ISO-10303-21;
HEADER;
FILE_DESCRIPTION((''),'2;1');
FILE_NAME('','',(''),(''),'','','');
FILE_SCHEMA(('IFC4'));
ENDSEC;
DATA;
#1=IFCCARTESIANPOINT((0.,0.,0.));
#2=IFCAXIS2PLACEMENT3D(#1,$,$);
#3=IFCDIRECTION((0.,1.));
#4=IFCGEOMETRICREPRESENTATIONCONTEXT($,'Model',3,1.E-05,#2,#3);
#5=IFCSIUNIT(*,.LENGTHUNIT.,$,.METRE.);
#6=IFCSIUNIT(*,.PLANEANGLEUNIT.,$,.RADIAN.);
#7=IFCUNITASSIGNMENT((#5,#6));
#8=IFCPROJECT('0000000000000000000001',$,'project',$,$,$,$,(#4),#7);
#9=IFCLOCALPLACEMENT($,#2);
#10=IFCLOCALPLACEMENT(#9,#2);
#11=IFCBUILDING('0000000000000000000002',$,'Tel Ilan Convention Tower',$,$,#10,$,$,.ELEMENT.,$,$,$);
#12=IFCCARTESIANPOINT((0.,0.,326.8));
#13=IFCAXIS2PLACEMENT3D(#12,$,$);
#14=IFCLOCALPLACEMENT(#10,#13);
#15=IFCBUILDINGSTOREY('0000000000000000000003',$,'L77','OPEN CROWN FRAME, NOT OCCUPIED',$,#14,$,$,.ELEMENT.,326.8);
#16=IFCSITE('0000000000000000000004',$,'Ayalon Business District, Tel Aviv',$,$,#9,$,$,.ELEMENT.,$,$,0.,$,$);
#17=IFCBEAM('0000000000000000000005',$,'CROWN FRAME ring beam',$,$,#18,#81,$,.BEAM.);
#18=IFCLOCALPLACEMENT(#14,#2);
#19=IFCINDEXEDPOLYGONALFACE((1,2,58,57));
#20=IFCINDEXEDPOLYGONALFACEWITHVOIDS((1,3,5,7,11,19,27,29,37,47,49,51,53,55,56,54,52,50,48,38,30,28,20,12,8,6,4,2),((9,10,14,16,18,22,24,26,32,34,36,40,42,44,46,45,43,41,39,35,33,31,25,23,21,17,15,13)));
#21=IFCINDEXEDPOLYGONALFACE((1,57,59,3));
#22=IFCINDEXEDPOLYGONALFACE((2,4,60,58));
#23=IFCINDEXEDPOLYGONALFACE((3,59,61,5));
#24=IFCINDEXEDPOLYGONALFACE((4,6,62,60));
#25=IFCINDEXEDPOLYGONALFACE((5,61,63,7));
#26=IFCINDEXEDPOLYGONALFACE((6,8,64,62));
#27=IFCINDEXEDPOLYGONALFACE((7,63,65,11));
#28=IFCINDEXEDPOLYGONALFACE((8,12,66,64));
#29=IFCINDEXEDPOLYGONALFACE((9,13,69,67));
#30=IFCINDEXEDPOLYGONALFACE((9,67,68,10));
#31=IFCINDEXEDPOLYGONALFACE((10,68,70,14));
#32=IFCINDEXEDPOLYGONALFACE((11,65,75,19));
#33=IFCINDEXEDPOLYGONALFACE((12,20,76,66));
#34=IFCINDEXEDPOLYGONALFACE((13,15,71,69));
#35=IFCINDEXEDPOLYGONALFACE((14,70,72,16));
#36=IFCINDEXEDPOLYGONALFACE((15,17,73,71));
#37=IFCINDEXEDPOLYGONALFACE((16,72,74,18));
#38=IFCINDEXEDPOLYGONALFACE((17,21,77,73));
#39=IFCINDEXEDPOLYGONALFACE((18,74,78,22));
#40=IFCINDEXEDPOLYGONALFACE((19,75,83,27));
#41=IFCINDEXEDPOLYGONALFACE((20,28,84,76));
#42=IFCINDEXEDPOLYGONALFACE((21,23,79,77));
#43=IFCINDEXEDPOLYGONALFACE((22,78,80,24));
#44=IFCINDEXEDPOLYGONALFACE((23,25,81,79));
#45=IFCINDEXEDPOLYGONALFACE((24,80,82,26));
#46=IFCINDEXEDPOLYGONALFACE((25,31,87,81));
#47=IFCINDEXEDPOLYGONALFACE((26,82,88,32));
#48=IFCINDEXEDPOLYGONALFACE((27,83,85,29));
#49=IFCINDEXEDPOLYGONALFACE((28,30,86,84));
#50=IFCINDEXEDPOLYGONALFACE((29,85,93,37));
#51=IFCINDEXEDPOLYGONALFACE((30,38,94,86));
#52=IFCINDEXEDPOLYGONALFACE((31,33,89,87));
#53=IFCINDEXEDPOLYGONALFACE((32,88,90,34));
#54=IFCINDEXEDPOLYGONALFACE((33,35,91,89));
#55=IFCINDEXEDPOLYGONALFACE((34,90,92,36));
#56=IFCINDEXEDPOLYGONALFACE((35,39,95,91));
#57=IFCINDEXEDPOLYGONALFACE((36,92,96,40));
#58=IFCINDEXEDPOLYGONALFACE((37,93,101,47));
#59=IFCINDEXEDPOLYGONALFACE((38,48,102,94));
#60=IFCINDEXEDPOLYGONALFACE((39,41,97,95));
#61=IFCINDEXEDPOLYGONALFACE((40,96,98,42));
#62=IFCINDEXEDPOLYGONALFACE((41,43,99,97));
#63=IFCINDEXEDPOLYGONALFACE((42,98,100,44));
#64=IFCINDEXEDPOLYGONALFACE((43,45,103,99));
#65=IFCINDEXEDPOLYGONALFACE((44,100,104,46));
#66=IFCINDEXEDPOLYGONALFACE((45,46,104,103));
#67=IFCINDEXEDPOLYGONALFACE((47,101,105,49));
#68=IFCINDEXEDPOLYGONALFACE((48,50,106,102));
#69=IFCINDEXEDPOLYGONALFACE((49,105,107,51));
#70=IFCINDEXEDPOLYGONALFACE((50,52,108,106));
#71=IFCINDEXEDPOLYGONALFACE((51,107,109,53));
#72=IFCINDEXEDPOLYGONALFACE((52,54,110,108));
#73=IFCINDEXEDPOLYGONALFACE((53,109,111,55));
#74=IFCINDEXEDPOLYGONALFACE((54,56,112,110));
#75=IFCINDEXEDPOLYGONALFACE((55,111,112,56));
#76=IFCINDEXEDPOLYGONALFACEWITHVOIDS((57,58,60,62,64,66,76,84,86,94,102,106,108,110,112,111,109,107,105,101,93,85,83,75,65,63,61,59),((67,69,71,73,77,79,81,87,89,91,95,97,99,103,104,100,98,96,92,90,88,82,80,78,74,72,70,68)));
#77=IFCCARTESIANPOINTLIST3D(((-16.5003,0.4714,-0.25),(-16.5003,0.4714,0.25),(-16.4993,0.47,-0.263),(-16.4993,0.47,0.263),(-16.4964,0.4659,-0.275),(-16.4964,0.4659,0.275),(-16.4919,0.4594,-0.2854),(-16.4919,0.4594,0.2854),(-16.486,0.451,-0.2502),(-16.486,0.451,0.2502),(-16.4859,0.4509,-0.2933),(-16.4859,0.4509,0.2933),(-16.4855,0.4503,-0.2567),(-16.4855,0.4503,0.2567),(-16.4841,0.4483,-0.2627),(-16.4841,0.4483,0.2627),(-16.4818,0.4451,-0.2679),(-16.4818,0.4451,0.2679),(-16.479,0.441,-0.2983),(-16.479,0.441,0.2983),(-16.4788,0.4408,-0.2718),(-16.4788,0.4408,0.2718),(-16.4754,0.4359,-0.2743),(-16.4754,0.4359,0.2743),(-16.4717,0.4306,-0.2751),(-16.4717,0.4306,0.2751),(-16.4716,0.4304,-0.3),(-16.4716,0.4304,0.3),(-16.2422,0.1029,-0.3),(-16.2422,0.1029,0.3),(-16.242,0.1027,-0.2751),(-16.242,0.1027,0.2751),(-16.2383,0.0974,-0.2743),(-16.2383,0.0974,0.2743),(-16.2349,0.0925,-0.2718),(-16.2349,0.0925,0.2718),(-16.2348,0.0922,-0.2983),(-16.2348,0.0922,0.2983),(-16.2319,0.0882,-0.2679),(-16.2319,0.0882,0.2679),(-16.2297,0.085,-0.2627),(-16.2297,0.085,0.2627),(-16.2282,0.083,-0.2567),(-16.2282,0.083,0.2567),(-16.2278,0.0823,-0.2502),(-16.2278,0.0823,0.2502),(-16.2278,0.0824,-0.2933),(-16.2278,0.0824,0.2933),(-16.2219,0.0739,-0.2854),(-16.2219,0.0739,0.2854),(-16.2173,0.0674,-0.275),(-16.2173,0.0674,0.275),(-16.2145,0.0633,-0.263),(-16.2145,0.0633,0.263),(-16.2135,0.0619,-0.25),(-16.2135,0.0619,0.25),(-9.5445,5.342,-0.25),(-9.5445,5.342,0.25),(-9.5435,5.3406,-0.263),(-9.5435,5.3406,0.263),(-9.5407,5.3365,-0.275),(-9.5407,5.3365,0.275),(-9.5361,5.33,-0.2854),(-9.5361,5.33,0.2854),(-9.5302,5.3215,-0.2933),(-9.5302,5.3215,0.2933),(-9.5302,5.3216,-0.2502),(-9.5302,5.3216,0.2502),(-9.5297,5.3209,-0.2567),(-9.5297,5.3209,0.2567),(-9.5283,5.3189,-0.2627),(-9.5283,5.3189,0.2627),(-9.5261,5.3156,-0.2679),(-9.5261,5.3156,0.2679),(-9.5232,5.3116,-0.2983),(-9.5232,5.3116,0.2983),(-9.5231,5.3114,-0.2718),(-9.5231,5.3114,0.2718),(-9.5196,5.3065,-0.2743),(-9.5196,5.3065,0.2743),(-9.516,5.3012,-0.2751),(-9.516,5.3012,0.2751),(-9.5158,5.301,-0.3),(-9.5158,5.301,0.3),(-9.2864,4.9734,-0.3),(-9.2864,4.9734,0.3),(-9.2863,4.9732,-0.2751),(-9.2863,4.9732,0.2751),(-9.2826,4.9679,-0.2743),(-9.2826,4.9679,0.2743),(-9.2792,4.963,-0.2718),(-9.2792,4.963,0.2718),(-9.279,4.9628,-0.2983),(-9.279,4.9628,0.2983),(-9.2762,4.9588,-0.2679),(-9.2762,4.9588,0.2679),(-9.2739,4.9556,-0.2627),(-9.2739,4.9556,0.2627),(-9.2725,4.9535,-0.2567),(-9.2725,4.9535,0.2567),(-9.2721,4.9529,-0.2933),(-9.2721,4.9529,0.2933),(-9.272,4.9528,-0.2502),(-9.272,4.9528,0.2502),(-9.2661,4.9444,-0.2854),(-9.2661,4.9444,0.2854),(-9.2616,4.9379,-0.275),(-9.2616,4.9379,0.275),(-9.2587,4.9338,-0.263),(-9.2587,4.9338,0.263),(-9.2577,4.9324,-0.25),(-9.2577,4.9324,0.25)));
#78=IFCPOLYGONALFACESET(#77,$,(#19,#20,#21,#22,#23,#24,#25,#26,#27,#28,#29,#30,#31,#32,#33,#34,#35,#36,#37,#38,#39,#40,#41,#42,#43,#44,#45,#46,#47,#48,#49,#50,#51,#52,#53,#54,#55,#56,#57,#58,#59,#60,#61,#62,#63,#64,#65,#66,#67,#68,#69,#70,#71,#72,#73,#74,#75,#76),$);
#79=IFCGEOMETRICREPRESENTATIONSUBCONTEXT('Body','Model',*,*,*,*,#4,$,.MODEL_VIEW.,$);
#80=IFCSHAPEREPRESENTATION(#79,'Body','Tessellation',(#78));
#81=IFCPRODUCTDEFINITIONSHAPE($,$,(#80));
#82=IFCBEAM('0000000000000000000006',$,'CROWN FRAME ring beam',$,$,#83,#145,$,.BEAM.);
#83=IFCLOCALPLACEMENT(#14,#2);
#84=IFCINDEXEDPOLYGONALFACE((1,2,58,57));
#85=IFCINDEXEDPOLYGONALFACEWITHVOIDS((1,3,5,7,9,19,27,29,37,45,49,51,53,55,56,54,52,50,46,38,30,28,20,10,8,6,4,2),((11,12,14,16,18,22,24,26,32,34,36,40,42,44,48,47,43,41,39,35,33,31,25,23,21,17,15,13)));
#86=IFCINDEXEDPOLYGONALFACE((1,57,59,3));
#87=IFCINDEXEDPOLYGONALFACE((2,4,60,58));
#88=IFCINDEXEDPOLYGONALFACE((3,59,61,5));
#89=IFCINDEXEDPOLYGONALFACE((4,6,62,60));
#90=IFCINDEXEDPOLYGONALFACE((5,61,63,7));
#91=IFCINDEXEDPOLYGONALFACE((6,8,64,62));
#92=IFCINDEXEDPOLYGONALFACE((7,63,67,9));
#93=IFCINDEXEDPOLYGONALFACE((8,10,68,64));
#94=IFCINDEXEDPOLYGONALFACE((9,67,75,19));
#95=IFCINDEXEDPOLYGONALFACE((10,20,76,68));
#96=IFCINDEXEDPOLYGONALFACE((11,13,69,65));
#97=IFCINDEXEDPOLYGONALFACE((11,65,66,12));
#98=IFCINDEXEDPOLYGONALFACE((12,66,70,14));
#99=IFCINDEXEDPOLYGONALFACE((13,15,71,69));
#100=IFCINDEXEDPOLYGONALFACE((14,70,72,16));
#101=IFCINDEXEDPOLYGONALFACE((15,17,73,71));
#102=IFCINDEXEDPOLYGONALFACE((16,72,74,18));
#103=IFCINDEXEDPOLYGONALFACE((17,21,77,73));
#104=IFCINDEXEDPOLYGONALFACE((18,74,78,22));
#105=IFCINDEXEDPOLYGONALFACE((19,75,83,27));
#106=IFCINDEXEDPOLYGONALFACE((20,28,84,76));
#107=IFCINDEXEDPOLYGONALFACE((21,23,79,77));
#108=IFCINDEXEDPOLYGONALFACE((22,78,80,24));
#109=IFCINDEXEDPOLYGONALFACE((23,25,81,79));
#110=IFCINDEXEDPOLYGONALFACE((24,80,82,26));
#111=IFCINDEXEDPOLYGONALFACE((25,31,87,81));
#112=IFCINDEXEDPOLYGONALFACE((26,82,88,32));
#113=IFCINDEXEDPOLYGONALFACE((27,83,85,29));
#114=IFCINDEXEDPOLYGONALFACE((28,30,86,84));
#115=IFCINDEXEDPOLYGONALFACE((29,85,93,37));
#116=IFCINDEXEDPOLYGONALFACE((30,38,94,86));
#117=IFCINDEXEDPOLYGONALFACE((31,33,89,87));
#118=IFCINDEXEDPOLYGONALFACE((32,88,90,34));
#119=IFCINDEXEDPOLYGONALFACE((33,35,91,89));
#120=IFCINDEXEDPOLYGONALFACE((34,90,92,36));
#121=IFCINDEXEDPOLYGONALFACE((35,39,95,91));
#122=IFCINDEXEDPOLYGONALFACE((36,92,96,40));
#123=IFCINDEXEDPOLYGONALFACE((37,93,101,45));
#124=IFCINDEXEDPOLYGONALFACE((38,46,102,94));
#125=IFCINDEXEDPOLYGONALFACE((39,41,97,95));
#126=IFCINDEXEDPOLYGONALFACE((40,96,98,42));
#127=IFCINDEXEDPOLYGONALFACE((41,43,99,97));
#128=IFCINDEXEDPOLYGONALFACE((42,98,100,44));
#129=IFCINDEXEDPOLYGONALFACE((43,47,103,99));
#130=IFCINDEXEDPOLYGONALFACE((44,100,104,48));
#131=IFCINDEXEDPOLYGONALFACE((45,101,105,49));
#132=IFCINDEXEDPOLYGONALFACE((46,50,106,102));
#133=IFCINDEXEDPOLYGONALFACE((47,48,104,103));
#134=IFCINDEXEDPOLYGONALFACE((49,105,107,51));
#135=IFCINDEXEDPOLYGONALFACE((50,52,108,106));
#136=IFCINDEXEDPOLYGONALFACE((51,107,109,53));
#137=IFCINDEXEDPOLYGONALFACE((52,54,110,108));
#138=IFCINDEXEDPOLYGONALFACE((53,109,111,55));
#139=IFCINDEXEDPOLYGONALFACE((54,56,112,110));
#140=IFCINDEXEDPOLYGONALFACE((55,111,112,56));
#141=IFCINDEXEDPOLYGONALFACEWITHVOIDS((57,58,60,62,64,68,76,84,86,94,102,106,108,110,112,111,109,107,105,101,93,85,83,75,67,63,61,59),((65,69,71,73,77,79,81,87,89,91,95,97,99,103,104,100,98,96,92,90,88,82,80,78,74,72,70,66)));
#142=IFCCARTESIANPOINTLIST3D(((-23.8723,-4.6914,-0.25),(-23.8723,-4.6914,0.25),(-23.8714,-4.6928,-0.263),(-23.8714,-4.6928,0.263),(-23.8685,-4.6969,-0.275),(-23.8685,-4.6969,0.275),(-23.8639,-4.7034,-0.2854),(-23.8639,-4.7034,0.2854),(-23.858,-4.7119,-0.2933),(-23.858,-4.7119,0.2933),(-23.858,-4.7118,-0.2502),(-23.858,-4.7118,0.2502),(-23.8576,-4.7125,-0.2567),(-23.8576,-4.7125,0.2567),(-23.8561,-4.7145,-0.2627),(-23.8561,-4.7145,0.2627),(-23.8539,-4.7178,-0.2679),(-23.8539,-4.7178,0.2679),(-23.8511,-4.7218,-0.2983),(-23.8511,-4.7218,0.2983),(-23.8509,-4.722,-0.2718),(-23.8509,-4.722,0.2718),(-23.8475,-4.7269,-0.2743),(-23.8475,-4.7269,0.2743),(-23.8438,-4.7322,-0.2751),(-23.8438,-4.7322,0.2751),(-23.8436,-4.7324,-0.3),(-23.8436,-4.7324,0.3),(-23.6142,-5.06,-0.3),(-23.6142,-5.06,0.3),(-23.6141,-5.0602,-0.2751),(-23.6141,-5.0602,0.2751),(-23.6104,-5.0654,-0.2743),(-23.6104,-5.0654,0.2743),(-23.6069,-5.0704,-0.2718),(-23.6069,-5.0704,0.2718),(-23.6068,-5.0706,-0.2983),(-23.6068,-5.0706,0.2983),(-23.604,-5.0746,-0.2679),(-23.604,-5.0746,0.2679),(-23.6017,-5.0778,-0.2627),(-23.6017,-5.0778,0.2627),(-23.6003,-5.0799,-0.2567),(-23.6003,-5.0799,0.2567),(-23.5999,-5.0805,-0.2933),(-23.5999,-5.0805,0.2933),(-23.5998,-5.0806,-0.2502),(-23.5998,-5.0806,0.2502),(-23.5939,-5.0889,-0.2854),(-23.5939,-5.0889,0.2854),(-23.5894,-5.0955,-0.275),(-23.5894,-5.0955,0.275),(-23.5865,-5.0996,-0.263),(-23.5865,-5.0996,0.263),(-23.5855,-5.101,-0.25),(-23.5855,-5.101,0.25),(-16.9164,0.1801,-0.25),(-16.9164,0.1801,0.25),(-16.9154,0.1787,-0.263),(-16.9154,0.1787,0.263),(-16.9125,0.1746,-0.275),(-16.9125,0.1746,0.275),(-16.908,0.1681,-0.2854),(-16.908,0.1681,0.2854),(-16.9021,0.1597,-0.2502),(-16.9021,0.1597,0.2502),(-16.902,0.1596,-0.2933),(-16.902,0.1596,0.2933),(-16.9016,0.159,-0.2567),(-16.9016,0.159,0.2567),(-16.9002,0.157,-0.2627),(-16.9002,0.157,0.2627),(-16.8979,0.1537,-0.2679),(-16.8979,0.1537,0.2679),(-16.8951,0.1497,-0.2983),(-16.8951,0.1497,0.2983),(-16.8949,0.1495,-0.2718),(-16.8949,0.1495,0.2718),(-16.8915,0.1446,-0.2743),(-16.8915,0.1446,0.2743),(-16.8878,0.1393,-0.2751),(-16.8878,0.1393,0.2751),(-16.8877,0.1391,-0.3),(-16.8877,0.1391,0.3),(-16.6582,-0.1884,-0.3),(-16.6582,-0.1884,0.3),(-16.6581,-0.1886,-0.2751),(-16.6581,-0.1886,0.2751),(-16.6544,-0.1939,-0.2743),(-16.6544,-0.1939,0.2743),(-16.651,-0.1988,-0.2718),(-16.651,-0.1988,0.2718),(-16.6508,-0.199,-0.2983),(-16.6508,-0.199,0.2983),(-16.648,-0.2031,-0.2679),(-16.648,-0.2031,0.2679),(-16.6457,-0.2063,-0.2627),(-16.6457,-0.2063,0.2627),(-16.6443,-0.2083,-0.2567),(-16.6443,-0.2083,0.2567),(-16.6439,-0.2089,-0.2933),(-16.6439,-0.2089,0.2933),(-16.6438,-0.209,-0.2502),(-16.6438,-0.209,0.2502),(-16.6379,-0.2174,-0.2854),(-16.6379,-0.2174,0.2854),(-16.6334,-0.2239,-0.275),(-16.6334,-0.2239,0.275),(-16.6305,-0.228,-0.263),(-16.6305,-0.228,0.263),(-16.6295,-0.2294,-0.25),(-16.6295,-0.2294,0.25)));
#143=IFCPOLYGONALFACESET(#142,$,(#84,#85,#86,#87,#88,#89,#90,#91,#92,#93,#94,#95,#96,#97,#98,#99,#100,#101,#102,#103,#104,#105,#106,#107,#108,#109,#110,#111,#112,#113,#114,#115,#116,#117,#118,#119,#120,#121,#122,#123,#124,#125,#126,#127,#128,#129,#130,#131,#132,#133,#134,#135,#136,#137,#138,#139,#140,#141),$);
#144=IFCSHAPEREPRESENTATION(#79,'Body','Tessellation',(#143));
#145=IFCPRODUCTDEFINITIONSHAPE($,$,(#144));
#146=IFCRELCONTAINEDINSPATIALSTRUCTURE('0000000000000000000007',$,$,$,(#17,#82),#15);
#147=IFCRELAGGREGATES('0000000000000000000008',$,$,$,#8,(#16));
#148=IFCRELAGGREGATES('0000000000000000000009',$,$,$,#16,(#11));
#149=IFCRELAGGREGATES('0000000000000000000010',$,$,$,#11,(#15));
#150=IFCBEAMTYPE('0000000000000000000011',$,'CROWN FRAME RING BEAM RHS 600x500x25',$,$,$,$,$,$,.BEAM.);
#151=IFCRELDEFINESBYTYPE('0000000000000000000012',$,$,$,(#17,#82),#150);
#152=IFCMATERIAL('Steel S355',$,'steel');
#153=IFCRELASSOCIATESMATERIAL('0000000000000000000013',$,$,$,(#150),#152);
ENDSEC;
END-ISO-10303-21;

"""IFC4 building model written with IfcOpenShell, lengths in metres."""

from ifc_helpers import new_model, si_unit, direction, frame, origin, origin_2d, place, context, subcontext, project, spatial, hollow_rectangle, extrude, material, material_profile, profile_set, type_object, element, save


model = new_model("IFC4")

# Units and contexts
model_context = context("Model", 3, precision=1e-05, world=origin(), true_north=direction((0.0, 1.0)))
body_context = subcontext(model_context, "Body", "Model", "MODEL_VIEW")
ifc_project = project(units=[si_unit("LENGTHUNIT", "METRE"), si_unit("PLANEANGLEUNIT", "RADIAN")], contexts=[model_context])

# Site, building, storey
site_placement = place(None, origin())
site = spatial("IfcSite", under=ifc_project, at=site_placement, Name="Ayalon Business District, Tel Aviv", CompositionType="ELEMENT", RefElevation=0.0)
building_placement = place(site_placement, origin())
building = spatial("IfcBuilding", under=site, at=building_placement, Name="Tel Ilan Convention Tower", CompositionType="ELEMENT")
storey_placement = place(building_placement, frame((0.0, 0.0, 326.8)))
storey = spatial("IfcBuildingStorey", under=building, at=storey_placement, Name="L77", Description="OPEN CROWN FRAME, NOT OCCUPIED", CompositionType="ELEMENT", Elevation=326.8)

# Beams
ifc_material_1 = material(Name="Steel S355", Category="steel")
ifc_material_profile_1 = material_profile(ifc_material_1, hollow_rectangle(XDim=0.5, YDim=0.6001, WallThickness=0.0249, InnerFilletRadius=0.0249, OuterFilletRadius=0.05, at=origin_2d()), Name="RHS 600x500x25")
ifc_profile_set_1 = profile_set([ifc_material_profile_1], Name="Steel S355")
beam_type = type_object("IfcBeamType", Name="CROWN FRAME RING BEAM RHS 600x500x25", PredefinedType="BEAM", material=ifc_profile_set_1)
beam_1_placement = place(storey_placement, frame((-9.4011, 5.1372, 0.0), z_axis=(-0.819147, -0.573584, 0.0), x_axis=(0.573584, -0.819147, 0.0)))
element("IfcBeam", 1, at=beam_1_placement, inside=storey, type_object=beam_type, Name="CROWN FRAME ring beam", PredefinedType="BEAM", context=body_context, shape_type="SweptSolid", body=[
    extrude(hollow_rectangle(XDim=0.5, YDim=0.6001, WallThickness=0.0249, InnerFilletRadius=0.0249, OuterFilletRadius=0.05, at=origin_2d()), origin(), (0.0, 0.0, 1.0), 8.4915),
])
beam_2_placement = place(storey_placement, frame((-16.7729, -0.0247, 0.0), z_axis=(-0.819102, -0.573648, 0.0), x_axis=(0.573648, -0.819102, 0.0)))
element("IfcBeam", 2, at=beam_2_placement, inside=storey, type_object=beam_type, Name="CROWN FRAME ring beam", PredefinedType="BEAM", context=body_context, shape_type="SweptSolid", body=[
    extrude(hollow_rectangle(XDim=0.5, YDim=0.6001, WallThickness=0.0249, InnerFilletRadius=0.0249, OuterFilletRadius=0.05, at=origin_2d()), origin(), (0.0, 0.0, 1.0), 8.4922),
])

save(model, "model.ifc")
